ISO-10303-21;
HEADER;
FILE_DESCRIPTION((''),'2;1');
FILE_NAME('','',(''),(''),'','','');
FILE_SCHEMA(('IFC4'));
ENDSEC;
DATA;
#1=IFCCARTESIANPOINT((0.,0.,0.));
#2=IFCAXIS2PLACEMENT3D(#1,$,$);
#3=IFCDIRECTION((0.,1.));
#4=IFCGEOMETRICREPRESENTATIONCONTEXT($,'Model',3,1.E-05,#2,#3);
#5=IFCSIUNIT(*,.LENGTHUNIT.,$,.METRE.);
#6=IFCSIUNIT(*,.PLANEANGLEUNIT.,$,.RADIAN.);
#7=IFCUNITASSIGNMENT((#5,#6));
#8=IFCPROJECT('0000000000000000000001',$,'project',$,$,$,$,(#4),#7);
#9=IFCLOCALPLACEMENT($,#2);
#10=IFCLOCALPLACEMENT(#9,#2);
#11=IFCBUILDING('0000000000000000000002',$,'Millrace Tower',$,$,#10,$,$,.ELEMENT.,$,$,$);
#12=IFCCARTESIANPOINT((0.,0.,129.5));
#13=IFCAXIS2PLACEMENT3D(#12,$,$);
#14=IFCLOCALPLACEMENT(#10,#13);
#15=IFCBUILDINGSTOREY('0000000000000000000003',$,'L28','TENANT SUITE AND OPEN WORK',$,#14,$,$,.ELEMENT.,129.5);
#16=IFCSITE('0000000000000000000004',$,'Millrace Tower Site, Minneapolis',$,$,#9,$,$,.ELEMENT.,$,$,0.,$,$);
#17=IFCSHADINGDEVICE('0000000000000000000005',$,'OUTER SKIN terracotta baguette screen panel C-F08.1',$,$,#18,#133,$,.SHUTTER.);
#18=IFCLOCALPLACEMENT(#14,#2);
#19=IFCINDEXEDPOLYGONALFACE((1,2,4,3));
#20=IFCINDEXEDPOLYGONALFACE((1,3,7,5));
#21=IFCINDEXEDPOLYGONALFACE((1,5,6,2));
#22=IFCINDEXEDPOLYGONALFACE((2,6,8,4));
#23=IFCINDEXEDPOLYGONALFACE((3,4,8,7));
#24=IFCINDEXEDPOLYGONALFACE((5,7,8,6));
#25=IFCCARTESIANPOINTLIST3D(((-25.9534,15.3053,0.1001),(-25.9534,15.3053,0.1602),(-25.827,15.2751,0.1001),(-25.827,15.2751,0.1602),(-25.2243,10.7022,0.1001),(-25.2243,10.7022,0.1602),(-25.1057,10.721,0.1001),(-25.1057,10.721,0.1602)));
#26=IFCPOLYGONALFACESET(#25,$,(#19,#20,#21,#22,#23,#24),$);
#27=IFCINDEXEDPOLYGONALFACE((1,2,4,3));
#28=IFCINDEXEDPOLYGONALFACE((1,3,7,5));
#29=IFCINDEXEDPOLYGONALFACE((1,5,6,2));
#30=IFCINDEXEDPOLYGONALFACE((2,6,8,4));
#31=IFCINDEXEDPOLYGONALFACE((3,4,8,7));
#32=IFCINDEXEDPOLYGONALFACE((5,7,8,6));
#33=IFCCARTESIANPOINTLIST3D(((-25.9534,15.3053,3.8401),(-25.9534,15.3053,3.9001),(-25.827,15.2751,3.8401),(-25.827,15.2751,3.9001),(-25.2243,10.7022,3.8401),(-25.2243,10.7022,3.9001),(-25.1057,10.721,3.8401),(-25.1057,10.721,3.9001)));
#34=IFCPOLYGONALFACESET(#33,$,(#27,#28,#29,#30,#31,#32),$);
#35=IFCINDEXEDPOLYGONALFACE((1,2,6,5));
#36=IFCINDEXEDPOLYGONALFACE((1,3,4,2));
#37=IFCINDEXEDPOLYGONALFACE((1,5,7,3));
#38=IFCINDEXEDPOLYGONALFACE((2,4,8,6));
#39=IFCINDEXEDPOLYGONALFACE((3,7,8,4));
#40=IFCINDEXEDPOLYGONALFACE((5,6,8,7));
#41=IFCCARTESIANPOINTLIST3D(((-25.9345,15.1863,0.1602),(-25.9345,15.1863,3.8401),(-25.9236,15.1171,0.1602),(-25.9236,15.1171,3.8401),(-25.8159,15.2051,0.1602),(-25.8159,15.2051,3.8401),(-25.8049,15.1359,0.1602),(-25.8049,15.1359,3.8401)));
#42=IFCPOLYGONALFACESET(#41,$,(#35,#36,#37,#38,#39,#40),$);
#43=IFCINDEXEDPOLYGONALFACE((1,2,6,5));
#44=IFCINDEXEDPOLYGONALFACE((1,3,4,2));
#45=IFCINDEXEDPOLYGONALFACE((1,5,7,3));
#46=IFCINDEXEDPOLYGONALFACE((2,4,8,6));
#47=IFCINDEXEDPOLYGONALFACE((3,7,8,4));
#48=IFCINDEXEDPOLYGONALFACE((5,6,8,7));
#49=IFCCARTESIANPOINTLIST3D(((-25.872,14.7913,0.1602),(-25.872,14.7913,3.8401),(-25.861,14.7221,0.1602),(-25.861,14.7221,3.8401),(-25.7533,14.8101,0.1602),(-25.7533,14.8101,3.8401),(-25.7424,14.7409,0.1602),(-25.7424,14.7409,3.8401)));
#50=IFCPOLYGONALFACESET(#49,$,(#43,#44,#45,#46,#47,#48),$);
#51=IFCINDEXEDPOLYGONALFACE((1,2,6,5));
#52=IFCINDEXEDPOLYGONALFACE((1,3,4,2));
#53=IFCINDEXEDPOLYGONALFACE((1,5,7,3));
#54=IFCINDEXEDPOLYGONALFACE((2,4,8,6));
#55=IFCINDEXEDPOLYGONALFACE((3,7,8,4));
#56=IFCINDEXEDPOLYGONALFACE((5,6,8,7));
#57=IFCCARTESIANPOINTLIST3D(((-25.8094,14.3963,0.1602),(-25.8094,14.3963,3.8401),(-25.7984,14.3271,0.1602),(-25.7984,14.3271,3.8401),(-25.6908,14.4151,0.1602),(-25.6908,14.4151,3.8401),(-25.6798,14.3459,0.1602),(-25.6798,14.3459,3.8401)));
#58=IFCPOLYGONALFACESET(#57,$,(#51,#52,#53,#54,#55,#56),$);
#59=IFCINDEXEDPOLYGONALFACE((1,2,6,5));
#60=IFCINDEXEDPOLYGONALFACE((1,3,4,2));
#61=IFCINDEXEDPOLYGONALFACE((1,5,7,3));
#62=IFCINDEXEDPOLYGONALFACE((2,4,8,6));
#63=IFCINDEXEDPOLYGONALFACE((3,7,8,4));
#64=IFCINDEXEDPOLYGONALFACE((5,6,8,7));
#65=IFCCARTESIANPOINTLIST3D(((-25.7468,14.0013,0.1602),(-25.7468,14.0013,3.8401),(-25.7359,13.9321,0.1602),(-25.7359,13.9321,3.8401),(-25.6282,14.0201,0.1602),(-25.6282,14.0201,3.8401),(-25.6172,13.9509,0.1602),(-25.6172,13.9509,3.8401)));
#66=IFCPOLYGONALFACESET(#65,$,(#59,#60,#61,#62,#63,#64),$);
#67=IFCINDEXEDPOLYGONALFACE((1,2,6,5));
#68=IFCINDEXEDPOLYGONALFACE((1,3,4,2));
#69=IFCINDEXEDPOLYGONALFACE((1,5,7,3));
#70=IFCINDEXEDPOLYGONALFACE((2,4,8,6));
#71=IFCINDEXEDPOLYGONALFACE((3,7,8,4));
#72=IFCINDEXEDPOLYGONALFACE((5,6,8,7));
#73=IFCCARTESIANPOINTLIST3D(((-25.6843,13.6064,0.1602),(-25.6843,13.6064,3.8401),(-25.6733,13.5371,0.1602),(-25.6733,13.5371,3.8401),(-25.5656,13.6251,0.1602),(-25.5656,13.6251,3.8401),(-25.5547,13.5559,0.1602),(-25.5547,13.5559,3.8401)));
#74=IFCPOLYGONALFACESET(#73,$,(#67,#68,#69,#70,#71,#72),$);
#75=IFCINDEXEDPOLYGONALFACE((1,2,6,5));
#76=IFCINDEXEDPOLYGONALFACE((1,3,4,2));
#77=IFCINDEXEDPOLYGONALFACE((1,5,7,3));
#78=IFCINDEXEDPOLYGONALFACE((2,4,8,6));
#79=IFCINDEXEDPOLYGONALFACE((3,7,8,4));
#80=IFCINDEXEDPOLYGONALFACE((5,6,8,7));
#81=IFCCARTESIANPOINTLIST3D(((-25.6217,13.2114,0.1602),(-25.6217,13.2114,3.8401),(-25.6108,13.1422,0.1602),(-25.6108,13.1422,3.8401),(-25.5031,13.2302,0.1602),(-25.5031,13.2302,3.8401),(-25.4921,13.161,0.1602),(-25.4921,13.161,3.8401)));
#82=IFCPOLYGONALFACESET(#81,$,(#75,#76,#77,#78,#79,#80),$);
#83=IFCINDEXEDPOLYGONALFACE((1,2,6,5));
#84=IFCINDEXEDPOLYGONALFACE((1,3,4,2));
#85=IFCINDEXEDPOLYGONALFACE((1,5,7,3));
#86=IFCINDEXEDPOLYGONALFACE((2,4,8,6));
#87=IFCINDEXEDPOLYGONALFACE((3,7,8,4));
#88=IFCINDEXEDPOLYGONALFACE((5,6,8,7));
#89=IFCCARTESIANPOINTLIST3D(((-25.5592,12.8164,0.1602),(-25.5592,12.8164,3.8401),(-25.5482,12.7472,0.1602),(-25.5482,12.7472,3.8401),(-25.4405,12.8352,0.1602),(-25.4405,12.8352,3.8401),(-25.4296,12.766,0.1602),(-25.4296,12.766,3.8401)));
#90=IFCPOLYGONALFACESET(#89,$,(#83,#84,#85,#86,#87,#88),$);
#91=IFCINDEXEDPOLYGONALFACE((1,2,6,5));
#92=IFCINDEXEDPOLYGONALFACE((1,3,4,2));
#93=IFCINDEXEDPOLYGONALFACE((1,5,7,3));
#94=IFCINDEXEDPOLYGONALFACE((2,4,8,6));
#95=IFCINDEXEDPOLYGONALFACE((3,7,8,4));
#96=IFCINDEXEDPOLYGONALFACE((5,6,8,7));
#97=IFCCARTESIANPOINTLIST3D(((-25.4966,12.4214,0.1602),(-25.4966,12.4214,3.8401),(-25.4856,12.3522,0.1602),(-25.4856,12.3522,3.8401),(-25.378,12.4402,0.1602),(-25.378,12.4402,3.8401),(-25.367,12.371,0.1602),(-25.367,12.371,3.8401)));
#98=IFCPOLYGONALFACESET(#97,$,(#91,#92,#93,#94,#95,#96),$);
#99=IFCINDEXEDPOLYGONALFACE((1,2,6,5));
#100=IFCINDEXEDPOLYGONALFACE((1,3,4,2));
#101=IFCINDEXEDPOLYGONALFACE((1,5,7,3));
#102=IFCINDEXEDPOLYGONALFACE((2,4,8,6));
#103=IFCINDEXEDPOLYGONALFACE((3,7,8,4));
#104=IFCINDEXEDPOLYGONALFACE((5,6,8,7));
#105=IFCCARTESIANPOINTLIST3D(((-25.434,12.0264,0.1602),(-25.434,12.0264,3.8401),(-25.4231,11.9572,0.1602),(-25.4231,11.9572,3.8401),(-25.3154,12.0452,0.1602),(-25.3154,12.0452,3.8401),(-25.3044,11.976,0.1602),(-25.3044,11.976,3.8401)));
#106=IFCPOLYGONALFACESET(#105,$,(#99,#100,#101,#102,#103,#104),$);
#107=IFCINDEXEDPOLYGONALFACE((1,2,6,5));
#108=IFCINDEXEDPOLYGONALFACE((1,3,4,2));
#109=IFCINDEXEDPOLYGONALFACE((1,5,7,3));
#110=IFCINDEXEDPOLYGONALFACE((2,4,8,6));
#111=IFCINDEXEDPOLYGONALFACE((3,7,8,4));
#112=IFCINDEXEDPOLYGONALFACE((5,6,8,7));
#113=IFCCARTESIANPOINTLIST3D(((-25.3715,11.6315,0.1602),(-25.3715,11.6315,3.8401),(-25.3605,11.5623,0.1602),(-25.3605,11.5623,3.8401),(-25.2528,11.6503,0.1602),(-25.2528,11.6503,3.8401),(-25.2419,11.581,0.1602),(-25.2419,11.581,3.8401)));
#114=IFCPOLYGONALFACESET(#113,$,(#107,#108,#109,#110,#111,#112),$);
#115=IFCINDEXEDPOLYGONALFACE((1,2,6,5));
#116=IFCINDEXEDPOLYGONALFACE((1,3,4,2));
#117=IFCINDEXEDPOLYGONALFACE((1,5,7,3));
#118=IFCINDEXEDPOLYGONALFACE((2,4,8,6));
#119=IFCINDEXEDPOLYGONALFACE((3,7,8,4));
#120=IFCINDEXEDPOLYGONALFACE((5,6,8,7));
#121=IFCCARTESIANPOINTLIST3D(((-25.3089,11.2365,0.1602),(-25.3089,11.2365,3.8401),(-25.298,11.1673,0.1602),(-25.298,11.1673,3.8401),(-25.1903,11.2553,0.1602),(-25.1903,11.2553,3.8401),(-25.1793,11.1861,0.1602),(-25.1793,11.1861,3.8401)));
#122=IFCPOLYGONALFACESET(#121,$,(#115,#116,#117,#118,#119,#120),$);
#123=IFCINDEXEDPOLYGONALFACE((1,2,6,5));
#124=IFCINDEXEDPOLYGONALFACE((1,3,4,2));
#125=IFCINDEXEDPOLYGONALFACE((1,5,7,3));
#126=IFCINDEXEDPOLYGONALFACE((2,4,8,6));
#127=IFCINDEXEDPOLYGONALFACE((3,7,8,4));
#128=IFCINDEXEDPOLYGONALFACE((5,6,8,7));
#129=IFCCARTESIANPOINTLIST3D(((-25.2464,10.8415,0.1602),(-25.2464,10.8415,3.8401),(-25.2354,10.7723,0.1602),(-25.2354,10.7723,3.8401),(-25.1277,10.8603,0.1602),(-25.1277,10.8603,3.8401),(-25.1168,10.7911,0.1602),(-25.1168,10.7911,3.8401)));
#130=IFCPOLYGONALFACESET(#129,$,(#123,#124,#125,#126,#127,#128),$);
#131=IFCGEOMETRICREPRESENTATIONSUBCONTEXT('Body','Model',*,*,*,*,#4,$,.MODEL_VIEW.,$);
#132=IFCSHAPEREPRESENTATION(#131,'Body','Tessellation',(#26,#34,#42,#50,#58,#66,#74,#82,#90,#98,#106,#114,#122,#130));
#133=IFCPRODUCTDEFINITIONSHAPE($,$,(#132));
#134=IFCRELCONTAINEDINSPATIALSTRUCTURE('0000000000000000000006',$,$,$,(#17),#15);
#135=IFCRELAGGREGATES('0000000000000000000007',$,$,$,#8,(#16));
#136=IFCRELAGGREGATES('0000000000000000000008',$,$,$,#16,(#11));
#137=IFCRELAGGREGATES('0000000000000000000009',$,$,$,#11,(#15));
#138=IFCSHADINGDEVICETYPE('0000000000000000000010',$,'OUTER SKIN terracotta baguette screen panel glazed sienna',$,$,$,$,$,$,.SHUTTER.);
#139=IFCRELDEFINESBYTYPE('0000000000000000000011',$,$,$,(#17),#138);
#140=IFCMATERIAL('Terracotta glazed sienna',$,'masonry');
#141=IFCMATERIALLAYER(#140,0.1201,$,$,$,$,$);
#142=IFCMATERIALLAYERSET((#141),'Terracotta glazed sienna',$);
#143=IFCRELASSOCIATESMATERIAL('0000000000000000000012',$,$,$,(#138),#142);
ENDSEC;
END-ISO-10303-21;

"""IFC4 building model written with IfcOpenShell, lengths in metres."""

from ifc_helpers import new_model, entity, si_unit, direction, frame, frame_2d, origin, place, context, subcontext, project, spatial, rectangle, extrude, source, transform, mapped, material, layer, layer_set, type_object, element, save


model = new_model("IFC4")

# Units and contexts
model_context = context("Model", 3, precision=1e-05, world=origin(), true_north=direction((0.0, 1.0)))
body_context = subcontext(model_context, "Body", "Model", "MODEL_VIEW")
ifc_project = project(units=[si_unit("LENGTHUNIT", "METRE"), si_unit("PLANEANGLEUNIT", "RADIAN")], contexts=[model_context])

# Site, building, storey
site_placement = place(None, origin())
site = spatial("IfcSite", under=ifc_project, at=site_placement, Name="Millrace Tower Site, Minneapolis", CompositionType="ELEMENT", RefElevation=0.0)
building_placement = place(site_placement, origin())
building = spatial("IfcBuilding", under=site, at=building_placement, Name="Millrace Tower", CompositionType="ELEMENT")
storey_placement = place(building_placement, frame((0.0, 0.0, 129.5)))
storey = spatial("IfcBuildingStorey", under=building, at=storey_placement, Name="L28", Description="TENANT SUITE AND OPEN WORK", CompositionType="ELEMENT", Elevation=129.5)

# Shading device
ifc_material_1 = material(Name="Terracotta glazed sienna", Category="masonry")
ifc_layer_1 = layer(ifc_material_1, 0.1201)
ifc_layer_set_1 = layer_set([ifc_layer_1], Name="Terracotta glazed sienna")
shading_device_type = type_object("IfcShadingDeviceType", Name="OUTER SKIN terracotta baguette screen panel glazed sienna", PredefinedType="SHUTTER", material=ifc_layer_set_1)
cartesian_point_1 = entity("IfcCartesianPoint", [-2.293, 0.0601])
shared_polyline_1 = entity("IfcPolyline", [cartesian_point_1, entity("IfcCartesianPoint", [2.3179, 0.0601]), entity("IfcCartesianPoint", [2.3179, -0.0601]), entity("IfcCartesianPoint", [-2.3425, -0.0601]), cartesian_point_1])
shared_shape_1 = source(origin(), body_context, "Body", "SweptSolid", [
    entity("IfcExtrudedAreaSolid", entity("IfcArbitraryClosedProfileDef", "AREA", None, shared_polyline_1), entity("IfcAxis2Placement3D", entity("IfcCartesianPoint", [0.0, 0.0, 0.0])), entity("IfcDirection", [0.0, 0.0, 1.0]), 0.0601),
    entity("IfcExtrudedAreaSolid", entity("IfcArbitraryClosedProfileDef", "AREA", None, shared_polyline_1), entity("IfcAxis2Placement3D", entity("IfcCartesianPoint", [0.0, 0.0, 3.74])), entity("IfcDirection", [0.0, 0.0, 1.0]), 0.0601),
    extrude(rectangle(XDim=0.0701, YDim=0.1201, at=frame_2d((-2.187, 0.0))), frame((0.0, 0.0, 0.0601)), (0.0, 0.0, 1.0), 3.6799),
    extrude(rectangle(XDim=0.0701, YDim=0.1201, at=frame_2d((-1.7871, 0.0))), frame((0.0, 0.0, 0.0601)), (0.0, 0.0, 1.0), 3.6799),
    extrude(rectangle(XDim=0.0701, YDim=0.1201, at=frame_2d((-1.3872, 0.0))), frame((0.0, 0.0, 0.0601)), (0.0, 0.0, 1.0), 3.6799),
    extrude(rectangle(XDim=0.0701, YDim=0.1201, at=frame_2d((-0.9873, 0.0))), frame((0.0, 0.0, 0.0601)), (0.0, 0.0, 1.0), 3.6799),
    extrude(rectangle(XDim=0.0701, YDim=0.1201, at=frame_2d((-0.5874, 0.0))), frame((0.0, 0.0, 0.0601)), (0.0, 0.0, 1.0), 3.6799),
    extrude(rectangle(XDim=0.0701, YDim=0.1201, at=frame_2d((-0.1875, 0.0))), frame((0.0, 0.0, 0.0601)), (0.0, 0.0, 1.0), 3.6799),
    extrude(rectangle(XDim=0.0701, YDim=0.1201, at=frame_2d((0.2124, 0.0))), frame((0.0, 0.0, 0.0601)), (0.0, 0.0, 1.0), 3.6799),
    extrude(rectangle(XDim=0.0701, YDim=0.1201, at=frame_2d((0.6123, 0.0))), frame((0.0, 0.0, 0.0601)), (0.0, 0.0, 1.0), 3.6799),
    extrude(rectangle(XDim=0.0701, YDim=0.1201, at=frame_2d((1.0122, 0.0))), frame((0.0, 0.0, 0.0601)), (0.0, 0.0, 1.0), 3.6799),
    extrude(rectangle(XDim=0.0701, YDim=0.1201, at=frame_2d((1.4121, 0.0))), frame((0.0, 0.0, 0.0601)), (0.0, 0.0, 1.0), 3.6799),
    extrude(rectangle(XDim=0.0701, YDim=0.1201, at=frame_2d((1.812, 0.0))), frame((0.0, 0.0, 0.0601)), (0.0, 0.0, 1.0), 3.6799),
    extrude(rectangle(XDim=0.0701, YDim=0.1201, at=frame_2d((2.2119, 0.0))), frame((0.0, 0.0, 0.0601)), (0.0, 0.0, 1.0), 3.6799),
])
shading_device_1_placement = place(storey_placement, frame((-25.5276, 13.001, 0.1001), z_axis=(0.0, 0.0, 1.0), x_axis=(0.156434, -0.987688, 0.0)))
element("IfcShadingDevice", 1, at=shading_device_1_placement, inside=storey, type_object=shading_device_type, Name="OUTER SKIN terracotta baguette screen panel C-F08.1", PredefinedType="SHUTTER", context=body_context, shape_type="MappedRepresentation", body=[
    mapped(shared_shape_1, transform((0.0, 0.0, 0.0), scale=1.0)),
])

save(model, "model.ifc")
